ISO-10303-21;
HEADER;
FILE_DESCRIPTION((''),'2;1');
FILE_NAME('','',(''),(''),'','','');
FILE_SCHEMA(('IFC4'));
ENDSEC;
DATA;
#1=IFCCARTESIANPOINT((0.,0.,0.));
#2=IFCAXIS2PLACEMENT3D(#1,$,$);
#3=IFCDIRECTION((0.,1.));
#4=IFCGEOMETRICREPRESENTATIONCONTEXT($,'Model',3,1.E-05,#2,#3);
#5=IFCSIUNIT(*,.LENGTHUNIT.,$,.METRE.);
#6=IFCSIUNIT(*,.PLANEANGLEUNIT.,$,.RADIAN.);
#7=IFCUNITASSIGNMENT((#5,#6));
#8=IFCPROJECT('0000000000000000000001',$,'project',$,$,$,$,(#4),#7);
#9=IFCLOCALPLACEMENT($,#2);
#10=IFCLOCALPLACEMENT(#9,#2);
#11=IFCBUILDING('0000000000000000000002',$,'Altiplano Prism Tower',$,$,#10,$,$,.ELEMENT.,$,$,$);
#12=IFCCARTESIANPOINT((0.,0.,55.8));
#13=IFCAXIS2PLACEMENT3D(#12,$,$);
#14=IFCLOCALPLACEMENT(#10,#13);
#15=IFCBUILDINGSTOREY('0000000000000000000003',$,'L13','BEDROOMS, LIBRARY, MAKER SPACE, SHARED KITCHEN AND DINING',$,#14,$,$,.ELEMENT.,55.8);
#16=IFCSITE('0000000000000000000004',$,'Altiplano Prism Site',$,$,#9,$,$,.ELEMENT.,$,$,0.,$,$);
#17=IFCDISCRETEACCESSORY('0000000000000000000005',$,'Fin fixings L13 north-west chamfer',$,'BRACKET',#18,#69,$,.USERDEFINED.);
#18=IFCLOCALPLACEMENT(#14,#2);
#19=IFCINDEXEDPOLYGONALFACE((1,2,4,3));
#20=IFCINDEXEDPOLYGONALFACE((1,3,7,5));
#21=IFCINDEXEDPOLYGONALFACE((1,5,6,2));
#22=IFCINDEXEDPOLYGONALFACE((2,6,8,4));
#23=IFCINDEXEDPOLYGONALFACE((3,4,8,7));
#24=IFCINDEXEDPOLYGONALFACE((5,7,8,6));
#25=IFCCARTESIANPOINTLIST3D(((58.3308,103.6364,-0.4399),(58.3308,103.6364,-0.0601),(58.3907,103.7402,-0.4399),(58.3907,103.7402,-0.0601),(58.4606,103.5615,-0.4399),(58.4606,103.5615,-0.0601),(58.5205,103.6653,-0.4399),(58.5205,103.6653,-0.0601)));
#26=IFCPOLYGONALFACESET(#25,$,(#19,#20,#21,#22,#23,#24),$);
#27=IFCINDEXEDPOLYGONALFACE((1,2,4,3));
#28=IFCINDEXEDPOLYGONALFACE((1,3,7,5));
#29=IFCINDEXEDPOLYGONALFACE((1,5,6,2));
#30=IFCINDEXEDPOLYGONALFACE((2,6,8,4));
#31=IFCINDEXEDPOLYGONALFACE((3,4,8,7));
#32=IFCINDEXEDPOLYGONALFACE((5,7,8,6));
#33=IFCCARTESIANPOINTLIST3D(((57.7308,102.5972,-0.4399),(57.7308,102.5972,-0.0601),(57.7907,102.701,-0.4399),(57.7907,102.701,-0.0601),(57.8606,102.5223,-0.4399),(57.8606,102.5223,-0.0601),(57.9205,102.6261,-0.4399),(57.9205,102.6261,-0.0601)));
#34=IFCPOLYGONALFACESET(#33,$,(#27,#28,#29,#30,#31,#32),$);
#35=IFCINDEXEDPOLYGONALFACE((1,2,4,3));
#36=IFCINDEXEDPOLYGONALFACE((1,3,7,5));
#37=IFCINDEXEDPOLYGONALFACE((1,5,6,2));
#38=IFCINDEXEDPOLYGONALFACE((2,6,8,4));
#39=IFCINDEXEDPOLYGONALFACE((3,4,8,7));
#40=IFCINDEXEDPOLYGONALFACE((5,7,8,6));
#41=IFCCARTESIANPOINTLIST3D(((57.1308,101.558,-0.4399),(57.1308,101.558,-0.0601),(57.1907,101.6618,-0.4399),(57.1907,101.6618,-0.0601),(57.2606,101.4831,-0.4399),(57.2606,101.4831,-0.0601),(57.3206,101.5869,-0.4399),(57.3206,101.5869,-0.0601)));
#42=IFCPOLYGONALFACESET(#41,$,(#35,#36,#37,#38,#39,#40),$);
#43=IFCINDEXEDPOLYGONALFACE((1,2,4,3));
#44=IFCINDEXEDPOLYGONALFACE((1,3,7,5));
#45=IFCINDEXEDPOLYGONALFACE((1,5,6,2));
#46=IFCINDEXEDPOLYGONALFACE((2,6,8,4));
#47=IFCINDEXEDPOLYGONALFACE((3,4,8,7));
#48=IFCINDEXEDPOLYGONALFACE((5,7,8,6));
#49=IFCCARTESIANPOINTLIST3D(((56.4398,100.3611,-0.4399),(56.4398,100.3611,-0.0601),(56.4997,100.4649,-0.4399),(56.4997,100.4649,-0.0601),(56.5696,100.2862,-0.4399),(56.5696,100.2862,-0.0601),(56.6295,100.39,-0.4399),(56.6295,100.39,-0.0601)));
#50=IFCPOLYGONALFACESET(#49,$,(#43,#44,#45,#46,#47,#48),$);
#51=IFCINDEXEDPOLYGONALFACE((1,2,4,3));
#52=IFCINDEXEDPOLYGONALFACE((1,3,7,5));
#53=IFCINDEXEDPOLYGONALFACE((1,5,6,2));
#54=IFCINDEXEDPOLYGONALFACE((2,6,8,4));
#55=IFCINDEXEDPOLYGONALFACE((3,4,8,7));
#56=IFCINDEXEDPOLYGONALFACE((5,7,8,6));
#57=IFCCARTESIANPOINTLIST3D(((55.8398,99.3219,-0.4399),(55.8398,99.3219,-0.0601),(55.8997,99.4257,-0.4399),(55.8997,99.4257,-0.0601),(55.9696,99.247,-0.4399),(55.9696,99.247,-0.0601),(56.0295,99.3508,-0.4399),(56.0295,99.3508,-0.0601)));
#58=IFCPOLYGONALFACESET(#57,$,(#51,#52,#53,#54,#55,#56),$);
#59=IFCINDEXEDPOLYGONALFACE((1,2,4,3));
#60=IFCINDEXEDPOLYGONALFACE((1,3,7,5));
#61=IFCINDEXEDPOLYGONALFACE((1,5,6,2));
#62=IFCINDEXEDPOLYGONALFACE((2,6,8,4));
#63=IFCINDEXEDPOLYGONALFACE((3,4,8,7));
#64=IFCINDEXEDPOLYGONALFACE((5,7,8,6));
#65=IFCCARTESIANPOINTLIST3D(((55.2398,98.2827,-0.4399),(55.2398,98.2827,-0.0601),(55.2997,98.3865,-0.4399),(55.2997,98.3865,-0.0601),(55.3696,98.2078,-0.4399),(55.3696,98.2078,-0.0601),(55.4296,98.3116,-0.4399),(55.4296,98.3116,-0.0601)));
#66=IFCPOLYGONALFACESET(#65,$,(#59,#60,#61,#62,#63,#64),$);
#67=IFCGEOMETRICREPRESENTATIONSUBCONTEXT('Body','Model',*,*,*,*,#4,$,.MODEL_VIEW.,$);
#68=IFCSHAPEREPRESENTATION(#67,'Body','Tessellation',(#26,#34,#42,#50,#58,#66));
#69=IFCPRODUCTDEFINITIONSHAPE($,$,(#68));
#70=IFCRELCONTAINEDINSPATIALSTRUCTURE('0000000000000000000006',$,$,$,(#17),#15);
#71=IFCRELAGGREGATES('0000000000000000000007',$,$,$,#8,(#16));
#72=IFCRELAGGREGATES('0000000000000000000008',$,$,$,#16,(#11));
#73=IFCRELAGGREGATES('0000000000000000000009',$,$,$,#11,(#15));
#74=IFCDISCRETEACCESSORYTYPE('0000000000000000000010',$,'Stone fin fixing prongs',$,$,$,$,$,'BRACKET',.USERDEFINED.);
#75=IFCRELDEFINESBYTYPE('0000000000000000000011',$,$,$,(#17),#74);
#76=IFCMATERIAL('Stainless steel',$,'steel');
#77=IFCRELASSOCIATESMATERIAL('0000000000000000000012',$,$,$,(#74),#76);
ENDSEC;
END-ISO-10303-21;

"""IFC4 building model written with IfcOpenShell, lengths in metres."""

from ifc_helpers import new_model, si_unit, direction, frame, origin, place, context, subcontext, project, spatial, polyline, outline, extrude, source, transform, mapped, material, type_object, element, save


model = new_model("IFC4")

# Units and contexts
model_context = context("Model", 3, precision=1e-05, world=origin(), true_north=direction((0.0, 1.0)))
body_context = subcontext(model_context, "Body", "Model", "MODEL_VIEW")
ifc_project = project(units=[si_unit("LENGTHUNIT", "METRE"), si_unit("PLANEANGLEUNIT", "RADIAN")], contexts=[model_context])

# Site, building, storey
site_placement = place(None, origin())
site = spatial("IfcSite", under=ifc_project, at=site_placement, Name="Altiplano Prism Site", CompositionType="ELEMENT", RefElevation=0.0)
building_placement = place(site_placement, origin())
building = spatial("IfcBuilding", under=site, at=building_placement, Name="Altiplano Prism Tower", CompositionType="ELEMENT")
storey_placement = place(building_placement, frame((0.0, 0.0, 55.8)))
storey = spatial("IfcBuildingStorey", under=building, at=storey_placement, Name="L13", Description="BEDROOMS, LIBRARY, MAKER SPACE, SHARED KITCHEN AND DINING", CompositionType="ELEMENT", Elevation=55.8)

# Discrete accessory
ifc_material_1 = material(Name="Stainless steel", Category="steel")
discrete_accessory_type = type_object("IfcDiscreteAccessoryType", Name="Stone fin fixing prongs", ElementType="BRACKET", PredefinedType="USERDEFINED", material=ifc_material_1)
shared_shape_1 = source(origin(), body_context, "Body", "SweptSolid", [
    extrude(outline(polyline([(-3.1509, 0.0601), (-3.031, 0.0601), (-3.031, 0.4399), (-3.1509, 0.4399), (-3.1509, 0.0601)])), frame((0.0, 0.0, 0.0), z_axis=(0.0, -1.0, 0.0), x_axis=(1.0, 0.0, 0.0)), (0.0, 0.0, 1.0), 0.1499),
    extrude(outline(polyline([(-1.9509, 0.0601), (-1.8311, 0.0601), (-1.8311, 0.4399), (-1.9509, 0.4399), (-1.9509, 0.0601)])), frame((0.0, 0.0, 0.0), z_axis=(0.0, -1.0, 0.0), x_axis=(1.0, 0.0, 0.0)), (0.0, 0.0, 1.0), 0.1499),
    extrude(outline(polyline([(-0.751, 0.0601), (-0.6311, 0.0601), (-0.6311, 0.4399), (-0.751, 0.4399), (-0.751, 0.0601)])), frame((0.0, 0.0, 0.0), z_axis=(0.0, -1.0, 0.0), x_axis=(1.0, 0.0, 0.0)), (0.0, 0.0, 1.0), 0.1499),
    extrude(outline(polyline([(0.6311, 0.0601), (0.751, 0.0601), (0.751, 0.4399), (0.6311, 0.4399), (0.6311, 0.0601)])), frame((0.0, 0.0, 0.0), z_axis=(0.0, -1.0, 0.0), x_axis=(1.0, 0.0, 0.0)), (0.0, 0.0, 1.0), 0.1499),
    extrude(outline(polyline([(1.8311, 0.0601), (1.9509, 0.0601), (1.9509, 0.4399), (1.8311, 0.4399), (1.8311, 0.0601)])), frame((0.0, 0.0, 0.0), z_axis=(0.0, -1.0, 0.0), x_axis=(1.0, 0.0, 0.0)), (0.0, 0.0, 1.0), 0.1499),
    extrude(outline(polyline([(3.031, 0.0601), (3.1509, 0.0601), (3.1509, 0.4399), (3.031, 0.4399), (3.031, 0.0601)])), frame((0.0, 0.0, 0.0), z_axis=(0.0, -1.0, 0.0), x_axis=(1.0, 0.0, 0.0)), (0.0, 0.0, 1.0), 0.1499),
])
discrete_accessory_1_placement = place(storey_placement, origin())
element("IfcDiscreteAccessory", 1, at=discrete_accessory_1_placement, inside=storey, type_object=discrete_accessory_type, Name="Fin fixings L13 north-west chamfer", ObjectType="BRACKET", PredefinedType="USERDEFINED", context=body_context, shape_type="MappedRepresentation", body=[
    mapped(shared_shape_1, transform((56.9451, 100.9365, -0.5), x_axis=(-0.5, -0.866025, 0.0), y_axis=(0.866025, -0.5, 0.0), z_axis=(0.0, 0.0, 1.0))),
])

save(model, "model.ifc")
